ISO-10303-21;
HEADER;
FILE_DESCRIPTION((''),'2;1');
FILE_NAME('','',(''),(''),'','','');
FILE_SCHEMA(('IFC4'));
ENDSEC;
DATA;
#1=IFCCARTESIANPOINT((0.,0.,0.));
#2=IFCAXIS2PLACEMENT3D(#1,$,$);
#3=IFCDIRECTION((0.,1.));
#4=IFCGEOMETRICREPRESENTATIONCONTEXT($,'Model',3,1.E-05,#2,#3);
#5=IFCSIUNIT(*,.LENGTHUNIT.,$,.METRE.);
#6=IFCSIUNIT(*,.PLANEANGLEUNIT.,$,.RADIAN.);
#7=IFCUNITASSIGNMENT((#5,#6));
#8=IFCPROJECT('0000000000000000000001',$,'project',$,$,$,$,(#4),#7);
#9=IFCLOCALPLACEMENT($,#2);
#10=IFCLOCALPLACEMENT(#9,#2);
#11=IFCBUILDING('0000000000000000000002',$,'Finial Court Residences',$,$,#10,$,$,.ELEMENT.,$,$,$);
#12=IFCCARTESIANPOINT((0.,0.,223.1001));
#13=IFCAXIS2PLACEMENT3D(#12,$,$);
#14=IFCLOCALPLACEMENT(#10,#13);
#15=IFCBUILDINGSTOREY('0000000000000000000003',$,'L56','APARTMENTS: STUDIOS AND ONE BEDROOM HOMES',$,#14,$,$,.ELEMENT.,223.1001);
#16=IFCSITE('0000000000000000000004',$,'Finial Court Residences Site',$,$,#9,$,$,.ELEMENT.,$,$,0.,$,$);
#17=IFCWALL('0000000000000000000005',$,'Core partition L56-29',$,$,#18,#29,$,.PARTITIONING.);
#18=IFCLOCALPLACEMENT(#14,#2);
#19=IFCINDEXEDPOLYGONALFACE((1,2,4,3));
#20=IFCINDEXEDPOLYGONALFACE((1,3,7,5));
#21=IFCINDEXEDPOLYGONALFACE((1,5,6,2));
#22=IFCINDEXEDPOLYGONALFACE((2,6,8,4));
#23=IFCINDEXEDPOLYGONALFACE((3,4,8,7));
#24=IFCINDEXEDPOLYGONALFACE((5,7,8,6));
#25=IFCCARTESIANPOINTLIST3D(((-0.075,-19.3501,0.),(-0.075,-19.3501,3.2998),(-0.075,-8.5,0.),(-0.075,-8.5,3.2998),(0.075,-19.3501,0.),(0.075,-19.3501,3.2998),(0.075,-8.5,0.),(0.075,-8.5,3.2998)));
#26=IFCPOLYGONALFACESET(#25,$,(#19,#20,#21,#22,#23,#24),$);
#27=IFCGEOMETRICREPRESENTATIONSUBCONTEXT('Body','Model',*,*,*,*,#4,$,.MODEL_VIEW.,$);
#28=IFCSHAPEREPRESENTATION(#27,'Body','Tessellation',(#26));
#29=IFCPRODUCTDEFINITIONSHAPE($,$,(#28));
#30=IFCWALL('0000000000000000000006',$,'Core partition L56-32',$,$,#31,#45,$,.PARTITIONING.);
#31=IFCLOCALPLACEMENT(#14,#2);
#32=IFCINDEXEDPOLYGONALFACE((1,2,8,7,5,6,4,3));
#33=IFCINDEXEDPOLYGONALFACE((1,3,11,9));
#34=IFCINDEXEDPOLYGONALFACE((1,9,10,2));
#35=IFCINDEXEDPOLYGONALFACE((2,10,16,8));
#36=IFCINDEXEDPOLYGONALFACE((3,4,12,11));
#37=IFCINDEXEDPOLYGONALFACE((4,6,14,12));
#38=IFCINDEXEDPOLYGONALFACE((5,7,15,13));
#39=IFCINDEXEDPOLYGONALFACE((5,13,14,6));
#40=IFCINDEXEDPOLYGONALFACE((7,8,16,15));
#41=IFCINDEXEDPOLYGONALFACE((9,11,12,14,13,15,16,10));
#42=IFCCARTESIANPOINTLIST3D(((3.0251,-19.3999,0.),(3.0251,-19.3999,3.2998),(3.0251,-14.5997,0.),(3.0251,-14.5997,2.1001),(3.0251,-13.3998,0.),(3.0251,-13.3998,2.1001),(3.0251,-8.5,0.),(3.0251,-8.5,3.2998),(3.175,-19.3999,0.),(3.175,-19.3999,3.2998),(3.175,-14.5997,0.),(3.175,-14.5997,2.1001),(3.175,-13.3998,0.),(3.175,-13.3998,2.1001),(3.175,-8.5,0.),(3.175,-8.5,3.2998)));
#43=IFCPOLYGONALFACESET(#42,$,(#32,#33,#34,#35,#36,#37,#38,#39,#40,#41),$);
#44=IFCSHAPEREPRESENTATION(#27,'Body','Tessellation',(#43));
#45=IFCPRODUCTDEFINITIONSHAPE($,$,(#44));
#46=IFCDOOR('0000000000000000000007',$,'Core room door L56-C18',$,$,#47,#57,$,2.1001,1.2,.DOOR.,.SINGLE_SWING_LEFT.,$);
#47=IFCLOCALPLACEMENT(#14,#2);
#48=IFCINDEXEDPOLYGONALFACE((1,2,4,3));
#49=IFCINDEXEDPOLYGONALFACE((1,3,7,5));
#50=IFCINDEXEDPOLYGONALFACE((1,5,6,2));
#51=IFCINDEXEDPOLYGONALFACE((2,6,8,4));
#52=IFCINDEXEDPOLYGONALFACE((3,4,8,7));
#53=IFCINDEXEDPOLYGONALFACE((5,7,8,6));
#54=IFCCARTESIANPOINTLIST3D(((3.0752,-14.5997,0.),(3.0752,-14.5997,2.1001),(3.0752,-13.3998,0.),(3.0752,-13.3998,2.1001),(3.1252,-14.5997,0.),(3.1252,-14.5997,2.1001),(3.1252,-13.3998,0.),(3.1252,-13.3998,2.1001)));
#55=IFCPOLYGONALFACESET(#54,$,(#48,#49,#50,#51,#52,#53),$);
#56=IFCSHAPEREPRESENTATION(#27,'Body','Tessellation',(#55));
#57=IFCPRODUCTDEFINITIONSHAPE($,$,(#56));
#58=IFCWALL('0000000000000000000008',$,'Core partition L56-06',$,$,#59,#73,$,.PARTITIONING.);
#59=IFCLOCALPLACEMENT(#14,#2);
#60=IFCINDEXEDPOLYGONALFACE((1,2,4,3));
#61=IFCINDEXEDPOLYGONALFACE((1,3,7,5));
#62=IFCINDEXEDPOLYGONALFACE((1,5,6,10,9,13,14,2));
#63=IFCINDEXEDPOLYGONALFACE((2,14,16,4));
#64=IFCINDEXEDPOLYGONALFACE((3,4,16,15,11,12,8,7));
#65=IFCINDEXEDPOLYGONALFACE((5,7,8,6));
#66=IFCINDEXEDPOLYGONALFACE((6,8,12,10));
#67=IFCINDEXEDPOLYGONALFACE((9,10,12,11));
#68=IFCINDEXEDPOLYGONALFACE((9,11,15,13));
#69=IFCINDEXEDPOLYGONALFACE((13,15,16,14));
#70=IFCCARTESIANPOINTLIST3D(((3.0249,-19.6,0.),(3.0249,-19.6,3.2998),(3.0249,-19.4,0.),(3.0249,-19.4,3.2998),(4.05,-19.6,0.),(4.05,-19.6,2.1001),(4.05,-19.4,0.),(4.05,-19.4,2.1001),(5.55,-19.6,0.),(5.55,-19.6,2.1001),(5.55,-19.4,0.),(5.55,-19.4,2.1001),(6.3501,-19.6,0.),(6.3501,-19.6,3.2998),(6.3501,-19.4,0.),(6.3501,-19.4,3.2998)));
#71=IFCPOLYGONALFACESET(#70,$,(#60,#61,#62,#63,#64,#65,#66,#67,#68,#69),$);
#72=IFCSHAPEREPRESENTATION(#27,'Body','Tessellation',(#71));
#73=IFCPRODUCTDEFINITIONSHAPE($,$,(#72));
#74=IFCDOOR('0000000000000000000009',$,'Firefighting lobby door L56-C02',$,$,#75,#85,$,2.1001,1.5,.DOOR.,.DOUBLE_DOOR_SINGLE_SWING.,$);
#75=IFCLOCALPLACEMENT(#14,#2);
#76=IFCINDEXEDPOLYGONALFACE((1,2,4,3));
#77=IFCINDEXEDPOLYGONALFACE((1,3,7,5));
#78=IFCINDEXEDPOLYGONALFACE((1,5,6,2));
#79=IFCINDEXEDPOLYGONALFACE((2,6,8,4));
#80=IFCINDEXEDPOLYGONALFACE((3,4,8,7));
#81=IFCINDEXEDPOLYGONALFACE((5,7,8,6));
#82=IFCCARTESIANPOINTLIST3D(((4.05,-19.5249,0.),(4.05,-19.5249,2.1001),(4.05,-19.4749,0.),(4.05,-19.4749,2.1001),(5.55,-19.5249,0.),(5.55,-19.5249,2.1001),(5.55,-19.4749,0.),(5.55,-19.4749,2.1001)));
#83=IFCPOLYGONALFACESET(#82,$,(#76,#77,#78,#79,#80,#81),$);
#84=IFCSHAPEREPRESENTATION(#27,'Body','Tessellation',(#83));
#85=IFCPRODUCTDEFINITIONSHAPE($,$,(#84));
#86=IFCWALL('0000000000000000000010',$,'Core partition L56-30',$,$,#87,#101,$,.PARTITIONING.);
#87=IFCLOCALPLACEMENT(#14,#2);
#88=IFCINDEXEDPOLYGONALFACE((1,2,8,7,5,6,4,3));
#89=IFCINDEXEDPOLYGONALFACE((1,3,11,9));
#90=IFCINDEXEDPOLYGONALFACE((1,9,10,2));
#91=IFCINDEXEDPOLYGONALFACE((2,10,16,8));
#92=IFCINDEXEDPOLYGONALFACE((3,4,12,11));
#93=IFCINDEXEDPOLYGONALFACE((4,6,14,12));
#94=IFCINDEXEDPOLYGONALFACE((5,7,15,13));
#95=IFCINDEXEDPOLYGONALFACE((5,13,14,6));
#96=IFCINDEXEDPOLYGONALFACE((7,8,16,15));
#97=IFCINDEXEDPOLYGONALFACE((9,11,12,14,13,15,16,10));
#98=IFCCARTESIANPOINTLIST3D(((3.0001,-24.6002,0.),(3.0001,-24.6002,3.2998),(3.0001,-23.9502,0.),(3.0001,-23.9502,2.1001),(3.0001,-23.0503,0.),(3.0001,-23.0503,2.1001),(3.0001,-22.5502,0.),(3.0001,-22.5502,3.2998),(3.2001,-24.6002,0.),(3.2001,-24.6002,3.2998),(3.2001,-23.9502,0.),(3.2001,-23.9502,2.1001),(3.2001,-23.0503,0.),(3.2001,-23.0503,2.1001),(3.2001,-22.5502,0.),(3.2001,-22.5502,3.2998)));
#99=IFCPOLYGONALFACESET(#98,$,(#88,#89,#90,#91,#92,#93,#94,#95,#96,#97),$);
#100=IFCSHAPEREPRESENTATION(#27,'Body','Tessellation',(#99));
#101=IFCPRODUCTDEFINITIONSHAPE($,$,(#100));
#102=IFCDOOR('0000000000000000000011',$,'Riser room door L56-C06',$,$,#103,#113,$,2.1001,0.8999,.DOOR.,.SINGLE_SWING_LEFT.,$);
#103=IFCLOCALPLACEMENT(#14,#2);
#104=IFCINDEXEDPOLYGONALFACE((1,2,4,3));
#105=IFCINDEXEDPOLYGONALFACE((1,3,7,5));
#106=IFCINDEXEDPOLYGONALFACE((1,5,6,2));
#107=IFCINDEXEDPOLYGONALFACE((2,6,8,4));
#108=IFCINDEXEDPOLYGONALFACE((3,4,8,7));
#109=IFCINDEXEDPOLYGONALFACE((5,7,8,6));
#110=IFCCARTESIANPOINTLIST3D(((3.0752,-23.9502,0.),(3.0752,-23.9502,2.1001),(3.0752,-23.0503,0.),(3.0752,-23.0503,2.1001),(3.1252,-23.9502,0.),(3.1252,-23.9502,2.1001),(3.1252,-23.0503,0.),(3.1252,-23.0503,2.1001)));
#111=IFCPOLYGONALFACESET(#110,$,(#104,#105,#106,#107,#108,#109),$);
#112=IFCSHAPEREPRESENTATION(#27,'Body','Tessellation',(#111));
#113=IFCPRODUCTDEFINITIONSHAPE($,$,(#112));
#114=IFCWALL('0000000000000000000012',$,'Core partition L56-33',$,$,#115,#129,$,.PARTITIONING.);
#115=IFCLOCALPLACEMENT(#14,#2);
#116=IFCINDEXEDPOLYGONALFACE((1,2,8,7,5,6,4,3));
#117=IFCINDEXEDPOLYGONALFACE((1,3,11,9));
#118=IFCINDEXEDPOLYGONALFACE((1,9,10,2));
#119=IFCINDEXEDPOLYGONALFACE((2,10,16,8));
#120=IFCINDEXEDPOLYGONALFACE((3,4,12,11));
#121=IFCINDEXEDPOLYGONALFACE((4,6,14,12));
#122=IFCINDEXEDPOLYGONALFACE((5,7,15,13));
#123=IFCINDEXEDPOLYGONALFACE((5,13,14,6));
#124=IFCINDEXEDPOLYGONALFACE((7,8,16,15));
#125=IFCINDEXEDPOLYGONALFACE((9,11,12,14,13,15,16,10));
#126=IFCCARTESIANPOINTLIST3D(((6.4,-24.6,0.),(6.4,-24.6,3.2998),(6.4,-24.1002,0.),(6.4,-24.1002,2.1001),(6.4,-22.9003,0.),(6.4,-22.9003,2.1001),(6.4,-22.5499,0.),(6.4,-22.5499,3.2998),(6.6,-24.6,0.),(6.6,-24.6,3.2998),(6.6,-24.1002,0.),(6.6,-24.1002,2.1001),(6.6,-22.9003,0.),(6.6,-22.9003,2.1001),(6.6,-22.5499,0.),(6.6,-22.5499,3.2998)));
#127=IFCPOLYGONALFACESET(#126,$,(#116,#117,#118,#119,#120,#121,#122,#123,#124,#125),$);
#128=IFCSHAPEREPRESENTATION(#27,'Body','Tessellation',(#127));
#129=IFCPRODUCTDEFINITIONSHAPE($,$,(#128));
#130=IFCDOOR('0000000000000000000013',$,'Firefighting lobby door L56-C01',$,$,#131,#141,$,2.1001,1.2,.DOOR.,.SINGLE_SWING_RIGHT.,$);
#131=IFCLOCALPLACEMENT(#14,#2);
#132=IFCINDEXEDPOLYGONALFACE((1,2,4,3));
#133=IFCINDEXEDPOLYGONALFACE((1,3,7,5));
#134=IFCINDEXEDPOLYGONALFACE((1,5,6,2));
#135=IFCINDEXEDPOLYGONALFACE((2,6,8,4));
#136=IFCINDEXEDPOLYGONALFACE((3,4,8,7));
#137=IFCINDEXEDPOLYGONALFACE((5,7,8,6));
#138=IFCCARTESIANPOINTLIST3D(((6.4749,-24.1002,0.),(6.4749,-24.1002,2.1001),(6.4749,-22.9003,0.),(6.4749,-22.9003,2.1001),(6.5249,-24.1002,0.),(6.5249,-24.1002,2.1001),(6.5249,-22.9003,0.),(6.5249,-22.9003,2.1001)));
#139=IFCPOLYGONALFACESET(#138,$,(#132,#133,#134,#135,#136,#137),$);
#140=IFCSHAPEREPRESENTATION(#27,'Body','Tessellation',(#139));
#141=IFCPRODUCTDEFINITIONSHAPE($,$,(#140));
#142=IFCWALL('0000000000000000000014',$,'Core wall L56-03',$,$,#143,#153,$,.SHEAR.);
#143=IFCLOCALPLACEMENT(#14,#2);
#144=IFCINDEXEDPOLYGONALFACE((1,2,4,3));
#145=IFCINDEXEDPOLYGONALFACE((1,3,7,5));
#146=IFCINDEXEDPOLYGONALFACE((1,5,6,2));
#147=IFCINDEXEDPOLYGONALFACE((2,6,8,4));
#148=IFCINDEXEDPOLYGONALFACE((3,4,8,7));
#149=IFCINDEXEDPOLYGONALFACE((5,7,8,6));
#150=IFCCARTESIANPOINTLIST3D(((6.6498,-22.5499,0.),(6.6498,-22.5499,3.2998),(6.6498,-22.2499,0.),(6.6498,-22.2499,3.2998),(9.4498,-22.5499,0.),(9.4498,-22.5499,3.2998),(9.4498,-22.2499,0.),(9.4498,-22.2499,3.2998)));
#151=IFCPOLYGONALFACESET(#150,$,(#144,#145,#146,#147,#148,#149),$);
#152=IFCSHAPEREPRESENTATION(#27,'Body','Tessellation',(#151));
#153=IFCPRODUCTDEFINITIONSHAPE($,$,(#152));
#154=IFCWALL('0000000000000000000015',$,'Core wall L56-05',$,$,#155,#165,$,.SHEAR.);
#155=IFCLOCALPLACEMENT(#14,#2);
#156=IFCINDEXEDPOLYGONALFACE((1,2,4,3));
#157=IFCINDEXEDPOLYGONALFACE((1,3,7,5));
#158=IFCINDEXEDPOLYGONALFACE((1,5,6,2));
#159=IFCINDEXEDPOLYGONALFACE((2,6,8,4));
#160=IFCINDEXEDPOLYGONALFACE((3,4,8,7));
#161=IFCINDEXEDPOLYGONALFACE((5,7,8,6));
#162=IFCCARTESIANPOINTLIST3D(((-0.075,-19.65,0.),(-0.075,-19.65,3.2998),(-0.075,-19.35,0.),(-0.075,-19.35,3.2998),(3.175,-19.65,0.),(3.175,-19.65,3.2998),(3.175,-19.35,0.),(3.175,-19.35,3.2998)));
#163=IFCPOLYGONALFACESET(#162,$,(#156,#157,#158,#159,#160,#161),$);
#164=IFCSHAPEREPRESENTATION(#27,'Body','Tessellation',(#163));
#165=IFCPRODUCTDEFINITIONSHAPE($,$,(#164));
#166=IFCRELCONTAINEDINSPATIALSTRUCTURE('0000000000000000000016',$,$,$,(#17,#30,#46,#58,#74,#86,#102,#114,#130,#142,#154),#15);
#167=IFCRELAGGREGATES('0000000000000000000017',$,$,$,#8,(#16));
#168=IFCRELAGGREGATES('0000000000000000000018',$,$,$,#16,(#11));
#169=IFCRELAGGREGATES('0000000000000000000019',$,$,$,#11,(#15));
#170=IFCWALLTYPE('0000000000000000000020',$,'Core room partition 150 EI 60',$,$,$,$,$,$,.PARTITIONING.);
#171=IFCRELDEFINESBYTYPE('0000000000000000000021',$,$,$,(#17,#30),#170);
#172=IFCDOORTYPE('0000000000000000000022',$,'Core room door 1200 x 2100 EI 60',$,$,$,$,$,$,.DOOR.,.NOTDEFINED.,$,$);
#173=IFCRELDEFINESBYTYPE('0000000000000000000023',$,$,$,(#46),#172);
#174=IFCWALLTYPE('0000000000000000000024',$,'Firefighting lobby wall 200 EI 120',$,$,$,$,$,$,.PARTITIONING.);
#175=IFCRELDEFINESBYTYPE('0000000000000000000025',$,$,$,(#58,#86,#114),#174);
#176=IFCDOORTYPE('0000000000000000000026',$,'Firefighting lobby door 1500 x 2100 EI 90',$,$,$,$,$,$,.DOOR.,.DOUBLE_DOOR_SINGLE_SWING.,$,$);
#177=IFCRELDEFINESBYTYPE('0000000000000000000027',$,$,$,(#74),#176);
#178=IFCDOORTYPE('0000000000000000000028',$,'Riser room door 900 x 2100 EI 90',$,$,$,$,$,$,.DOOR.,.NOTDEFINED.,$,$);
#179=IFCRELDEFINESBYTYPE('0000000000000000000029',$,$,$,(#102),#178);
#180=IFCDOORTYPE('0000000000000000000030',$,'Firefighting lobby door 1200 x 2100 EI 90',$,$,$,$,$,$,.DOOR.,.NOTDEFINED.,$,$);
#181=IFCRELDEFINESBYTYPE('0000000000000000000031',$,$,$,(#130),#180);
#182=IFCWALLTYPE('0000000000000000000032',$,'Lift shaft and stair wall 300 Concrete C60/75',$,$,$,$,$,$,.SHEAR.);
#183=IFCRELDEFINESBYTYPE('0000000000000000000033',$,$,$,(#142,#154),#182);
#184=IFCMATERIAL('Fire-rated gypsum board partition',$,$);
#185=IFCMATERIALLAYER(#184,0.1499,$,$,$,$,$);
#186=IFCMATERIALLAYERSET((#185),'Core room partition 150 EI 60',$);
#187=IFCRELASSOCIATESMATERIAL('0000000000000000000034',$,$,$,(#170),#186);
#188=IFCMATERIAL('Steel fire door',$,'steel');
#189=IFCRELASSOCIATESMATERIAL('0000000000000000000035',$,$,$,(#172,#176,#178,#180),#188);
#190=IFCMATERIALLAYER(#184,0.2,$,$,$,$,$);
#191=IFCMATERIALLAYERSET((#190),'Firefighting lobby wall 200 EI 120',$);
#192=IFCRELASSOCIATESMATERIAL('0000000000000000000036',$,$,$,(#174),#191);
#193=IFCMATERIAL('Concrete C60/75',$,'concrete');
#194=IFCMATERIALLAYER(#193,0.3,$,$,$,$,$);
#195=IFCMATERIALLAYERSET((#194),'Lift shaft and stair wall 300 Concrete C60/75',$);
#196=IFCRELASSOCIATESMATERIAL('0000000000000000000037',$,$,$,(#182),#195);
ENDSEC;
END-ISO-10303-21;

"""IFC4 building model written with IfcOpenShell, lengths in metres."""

from ifc_helpers import new_model, si_unit, direction, frame, frame_2d, origin, place, context, subcontext, project, spatial, rectangle, extrude, material, layer, layer_set, type_object, element, fill, save


model = new_model("IFC4")

# Units and contexts
model_context = context("Model", 3, precision=1e-05, world=origin(), true_north=direction((0.0, 1.0)))
body_context = subcontext(model_context, "Body", "Model", "MODEL_VIEW")
ifc_project = project(units=[si_unit("LENGTHUNIT", "METRE"), si_unit("PLANEANGLEUNIT", "RADIAN")], contexts=[model_context])

# Site, building, storey
site_placement = place(None, origin())
site = spatial("IfcSite", under=ifc_project, at=site_placement, Name="Finial Court Residences Site", CompositionType="ELEMENT", RefElevation=0.0)
building_placement = place(site_placement, origin())
building = spatial("IfcBuilding", under=site, at=building_placement, Name="Finial Court Residences", CompositionType="ELEMENT")
storey_placement = place(building_placement, frame((0.0, 0.0, 223.1001)))
storey = spatial("IfcBuildingStorey", under=building, at=storey_placement, Name="L56", Description="APARTMENTS: STUDIOS AND ONE BEDROOM HOMES", CompositionType="ELEMENT", Elevation=223.1001)

# Wall
ifc_material_1 = material(Name="Fire-rated gypsum board partition")
ifc_layer_1 = layer(ifc_material_1, 0.1499)
ifc_layer_set_1 = layer_set([ifc_layer_1], Name="Core room partition 150 EI 60")
wall_type_1 = type_object("IfcWallType", Name="Core room partition 150 EI 60", PredefinedType="PARTITIONING", material=ifc_layer_set_1)
wall_1_placement = place(storey_placement, frame((0.0, -19.3501, 0.0), z_axis=(0.0, 0.0, 1.0), x_axis=(0.0, 1.0, 0.0)))
element("IfcWall", 1, at=wall_1_placement, inside=storey, type_object=wall_type_1, Name="Core partition L56-29", PredefinedType="PARTITIONING", context=body_context, shape_type="SweptSolid", body=[
    extrude(rectangle(XDim=10.8501, YDim=0.1499, at=frame_2d((5.425, 0.0))), origin(), (0.0, 0.0, 1.0), 3.2998),
])

# Walls, openings, doors
wall_2_placement = place(storey_placement, frame((3.1001, -19.3999, 0.0), z_axis=(0.0, 0.0, 1.0), x_axis=(0.0, 1.0, 0.0)))
wall_2 = element("IfcWall", 2, at=wall_2_placement, inside=storey, type_object=wall_type_1, Name="Core partition L56-32", PredefinedType="PARTITIONING", context=body_context, shape_type="SweptSolid", body=[
    extrude(rectangle(XDim=10.8999, YDim=0.1499, at=frame_2d((5.45, 0.0))), origin(), (0.0, 0.0, 1.0), 3.2998),
])
opening_1_placement = place(wall_2_placement, frame((4.8, 0.0, 0.0)))
opening_1 = element("IfcOpeningElement", 3, at=opening_1_placement, cuts=wall_2, PredefinedType="OPENING", context=body_context, shape_type="SweptSolid", body=[
    extrude(rectangle(XDim=1.2, YDim=2.1001, at=frame_2d((0.6001, 1.05))), frame((0.0, 0.085, 0.0), z_axis=(0.0, -1.0, 0.0), x_axis=(1.0, 0.0, 0.0)), (0.0, 0.0, 1.0), 0.1699),
])
ifc_material_2 = material(Name="Steel fire door", Category="steel")
door_type_1 = type_object("IfcDoorType", Name="Core room door 1200 x 2100 EI 60", OperationType="NOTDEFINED", PredefinedType="DOOR", material=ifc_material_2)
door_1_placement = place(opening_1_placement, origin())
door_1 = element("IfcDoor", 4, at=door_1_placement, inside=storey, type_object=door_type_1, Name="Core room door L56-C18", OperationType="SINGLE_SWING_LEFT", OverallHeight=2.1001, OverallWidth=1.2, PredefinedType="DOOR", context=body_context, shape_type="SweptSolid", body=[
    extrude(rectangle(XDim=1.2, YDim=2.1001, at=frame_2d((0.6001, 1.05))), frame((0.0, 0.0249, 0.0), z_axis=(0.0, -1.0, 0.0), x_axis=(1.0, 0.0, 0.0)), (0.0, 0.0, 1.0), 0.05),
])
fill(opening_1, door_1)
ifc_layer_2 = layer(ifc_material_1, 0.2)
ifc_layer_set_2 = layer_set([ifc_layer_2], Name="Firefighting lobby wall 200 EI 120")
wall_type_2 = type_object("IfcWallType", Name="Firefighting lobby wall 200 EI 120", PredefinedType="PARTITIONING", material=ifc_layer_set_2)
wall_3_placement = place(storey_placement, frame((6.3501, -19.5, 0.0), z_axis=(0.0, 0.0, 1.0), x_axis=(-1.0, 0.0, 0.0)))
wall_3 = element("IfcWall", 5, at=wall_3_placement, inside=storey, type_object=wall_type_2, Name="Core partition L56-06", PredefinedType="PARTITIONING", context=body_context, shape_type="SweptSolid", body=[
    extrude(rectangle(XDim=3.3252, YDim=0.2, at=frame_2d((1.6626, 0.0))), origin(), (0.0, 0.0, 1.0), 3.2998),
])
opening_2_placement = place(wall_3_placement, frame((0.8, 0.0, 0.0)))
opening_2 = element("IfcOpeningElement", 6, at=opening_2_placement, cuts=wall_3, PredefinedType="OPENING", context=body_context, shape_type="SweptSolid", body=[
    extrude(rectangle(XDim=1.5, YDim=2.1001, at=frame_2d((0.75, 1.05))), frame((0.0, 0.1099, 0.0), z_axis=(0.0, -1.0, 0.0), x_axis=(1.0, 0.0, 0.0)), (0.0, 0.0, 1.0), 0.22),
])
door_type_2 = type_object("IfcDoorType", Name="Firefighting lobby door 1500 x 2100 EI 90", OperationType="DOUBLE_DOOR_SINGLE_SWING", PredefinedType="DOOR", material=ifc_material_2)
door_2_placement = place(opening_2_placement, origin())
door_2 = element("IfcDoor", 7, at=door_2_placement, inside=storey, type_object=door_type_2, Name="Firefighting lobby door L56-C02", OperationType="DOUBLE_DOOR_SINGLE_SWING", OverallHeight=2.1001, OverallWidth=1.5, PredefinedType="DOOR", context=body_context, shape_type="SweptSolid", body=[
    extrude(rectangle(XDim=1.5, YDim=2.1001, at=frame_2d((0.75, 1.05))), frame((0.0, 0.0249, 0.0), z_axis=(0.0, -1.0, 0.0), x_axis=(1.0, 0.0, 0.0)), (0.0, 0.0, 1.0), 0.05),
])
fill(opening_2, door_2)
wall_4_placement = place(storey_placement, frame((3.1001, -24.6001, 0.0), z_axis=(0.0, 0.0, 1.0), x_axis=(0.0, 1.0, 0.0)))
wall_4 = element("IfcWall", 8, at=wall_4_placement, inside=storey, type_object=wall_type_2, Name="Core partition L56-30", PredefinedType="PARTITIONING", context=body_context, shape_type="SweptSolid", body=[
    extrude(rectangle(XDim=2.05, YDim=0.2, at=frame_2d((1.0249, 0.0))), origin(), (0.0, 0.0, 1.0), 3.2998),
])
opening_3_placement = place(wall_4_placement, frame((0.6499, 0.0, 0.0)))
opening_3 = element("IfcOpeningElement", 9, at=opening_3_placement, cuts=wall_4, PredefinedType="OPENING", context=body_context, shape_type="SweptSolid", body=[
    extrude(rectangle(XDim=0.8999, YDim=2.1001, at=frame_2d((0.45, 1.05))), frame((0.0, 0.1099, 0.0), z_axis=(0.0, -1.0, 0.0), x_axis=(1.0, 0.0, 0.0)), (0.0, 0.0, 1.0), 0.22),
])
door_type_3 = type_object("IfcDoorType", Name="Riser room door 900 x 2100 EI 90", OperationType="NOTDEFINED", PredefinedType="DOOR", material=ifc_material_2)
door_3_placement = place(opening_3_placement, origin())
door_3 = element("IfcDoor", 10, at=door_3_placement, inside=storey, type_object=door_type_3, Name="Riser room door L56-C06", OperationType="SINGLE_SWING_LEFT", OverallHeight=2.1001, OverallWidth=0.8999, PredefinedType="DOOR", context=body_context, shape_type="SweptSolid", body=[
    extrude(rectangle(XDim=0.8999, YDim=2.1001, at=frame_2d((0.45, 1.05))), frame((0.0, 0.0249, 0.0), z_axis=(0.0, -1.0, 0.0), x_axis=(1.0, 0.0, 0.0)), (0.0, 0.0, 1.0), 0.05),
])
fill(opening_3, door_3)
wall_5_placement = place(storey_placement, frame((6.5, -22.55, 0.0), z_axis=(0.0, 0.0, 1.0), x_axis=(0.0, -1.0, 0.0)))
wall_5 = element("IfcWall", 11, at=wall_5_placement, inside=storey, type_object=wall_type_2, Name="Core partition L56-33", PredefinedType="PARTITIONING", context=body_context, shape_type="SweptSolid", body=[
    extrude(rectangle(XDim=2.05, YDim=0.2, at=frame_2d((1.0249, 0.0))), origin(), (0.0, 0.0, 1.0), 3.2998),
])
opening_4_placement = place(wall_5_placement, frame((0.3501, 0.0, 0.0)))
opening_4 = element("IfcOpeningElement", 12, at=opening_4_placement, cuts=wall_5, PredefinedType="OPENING", context=body_context, shape_type="SweptSolid", body=[
    extrude(rectangle(XDim=1.2, YDim=2.1001, at=frame_2d((0.6001, 1.05))), frame((0.0, 0.1099, 0.0), z_axis=(0.0, -1.0, 0.0), x_axis=(1.0, 0.0, 0.0)), (0.0, 0.0, 1.0), 0.22),
])
door_type_4 = type_object("IfcDoorType", Name="Firefighting lobby door 1200 x 2100 EI 90", OperationType="NOTDEFINED", PredefinedType="DOOR", material=ifc_material_2)
door_4_placement = place(opening_4_placement, origin())
door_4 = element("IfcDoor", 13, at=door_4_placement, inside=storey, type_object=door_type_4, Name="Firefighting lobby door L56-C01", OperationType="SINGLE_SWING_RIGHT", OverallHeight=2.1001, OverallWidth=1.2, PredefinedType="DOOR", context=body_context, shape_type="SweptSolid", body=[
    extrude(rectangle(XDim=1.2, YDim=2.1001, at=frame_2d((0.6001, 1.05))), frame((0.0, 0.0249, 0.0), z_axis=(0.0, -1.0, 0.0), x_axis=(1.0, 0.0, 0.0)), (0.0, 0.0, 1.0), 0.05),
])
fill(opening_4, door_4)

# Walls
ifc_material_3 = material(Name="Concrete C60/75", Category="concrete")
ifc_layer_3 = layer(ifc_material_3, 0.3)
ifc_layer_set_3 = layer_set([ifc_layer_3], Name="Lift shaft and stair wall 300 Concrete C60/75")
wall_type_3 = type_object("IfcWallType", Name="Lift shaft and stair wall 300 Concrete C60/75", PredefinedType="SHEAR", material=ifc_layer_set_3)
wall_6_placement = place(storey_placement, frame((6.6499, -22.3999, 0.0), z_axis=(0.0, 0.0, 1.0), x_axis=(1.0, 0.0, 0.0)))
element("IfcWall", 14, at=wall_6_placement, inside=storey, type_object=wall_type_3, Name="Core wall L56-03", PredefinedType="SHEAR", context=body_context, shape_type="SweptSolid", body=[
    extrude(rectangle(XDim=2.8, YDim=0.3, at=frame_2d((1.3999, 0.0))), origin(), (0.0, 0.0, 1.0), 3.2998),
])
wall_7_placement = place(storey_placement, frame((-0.075, -19.5, 0.0), z_axis=(0.0, 0.0, 1.0), x_axis=(1.0, 0.0, 0.0)))
element("IfcWall", 15, at=wall_7_placement, inside=storey, type_object=wall_type_3, Name="Core wall L56-05", PredefinedType="SHEAR", context=body_context, shape_type="SweptSolid", body=[
    extrude(rectangle(XDim=3.25, YDim=0.3, at=frame_2d((1.625, 0.0))), origin(), (0.0, 0.0, 1.0), 3.2998),
])

save(model, "model.ifc")
